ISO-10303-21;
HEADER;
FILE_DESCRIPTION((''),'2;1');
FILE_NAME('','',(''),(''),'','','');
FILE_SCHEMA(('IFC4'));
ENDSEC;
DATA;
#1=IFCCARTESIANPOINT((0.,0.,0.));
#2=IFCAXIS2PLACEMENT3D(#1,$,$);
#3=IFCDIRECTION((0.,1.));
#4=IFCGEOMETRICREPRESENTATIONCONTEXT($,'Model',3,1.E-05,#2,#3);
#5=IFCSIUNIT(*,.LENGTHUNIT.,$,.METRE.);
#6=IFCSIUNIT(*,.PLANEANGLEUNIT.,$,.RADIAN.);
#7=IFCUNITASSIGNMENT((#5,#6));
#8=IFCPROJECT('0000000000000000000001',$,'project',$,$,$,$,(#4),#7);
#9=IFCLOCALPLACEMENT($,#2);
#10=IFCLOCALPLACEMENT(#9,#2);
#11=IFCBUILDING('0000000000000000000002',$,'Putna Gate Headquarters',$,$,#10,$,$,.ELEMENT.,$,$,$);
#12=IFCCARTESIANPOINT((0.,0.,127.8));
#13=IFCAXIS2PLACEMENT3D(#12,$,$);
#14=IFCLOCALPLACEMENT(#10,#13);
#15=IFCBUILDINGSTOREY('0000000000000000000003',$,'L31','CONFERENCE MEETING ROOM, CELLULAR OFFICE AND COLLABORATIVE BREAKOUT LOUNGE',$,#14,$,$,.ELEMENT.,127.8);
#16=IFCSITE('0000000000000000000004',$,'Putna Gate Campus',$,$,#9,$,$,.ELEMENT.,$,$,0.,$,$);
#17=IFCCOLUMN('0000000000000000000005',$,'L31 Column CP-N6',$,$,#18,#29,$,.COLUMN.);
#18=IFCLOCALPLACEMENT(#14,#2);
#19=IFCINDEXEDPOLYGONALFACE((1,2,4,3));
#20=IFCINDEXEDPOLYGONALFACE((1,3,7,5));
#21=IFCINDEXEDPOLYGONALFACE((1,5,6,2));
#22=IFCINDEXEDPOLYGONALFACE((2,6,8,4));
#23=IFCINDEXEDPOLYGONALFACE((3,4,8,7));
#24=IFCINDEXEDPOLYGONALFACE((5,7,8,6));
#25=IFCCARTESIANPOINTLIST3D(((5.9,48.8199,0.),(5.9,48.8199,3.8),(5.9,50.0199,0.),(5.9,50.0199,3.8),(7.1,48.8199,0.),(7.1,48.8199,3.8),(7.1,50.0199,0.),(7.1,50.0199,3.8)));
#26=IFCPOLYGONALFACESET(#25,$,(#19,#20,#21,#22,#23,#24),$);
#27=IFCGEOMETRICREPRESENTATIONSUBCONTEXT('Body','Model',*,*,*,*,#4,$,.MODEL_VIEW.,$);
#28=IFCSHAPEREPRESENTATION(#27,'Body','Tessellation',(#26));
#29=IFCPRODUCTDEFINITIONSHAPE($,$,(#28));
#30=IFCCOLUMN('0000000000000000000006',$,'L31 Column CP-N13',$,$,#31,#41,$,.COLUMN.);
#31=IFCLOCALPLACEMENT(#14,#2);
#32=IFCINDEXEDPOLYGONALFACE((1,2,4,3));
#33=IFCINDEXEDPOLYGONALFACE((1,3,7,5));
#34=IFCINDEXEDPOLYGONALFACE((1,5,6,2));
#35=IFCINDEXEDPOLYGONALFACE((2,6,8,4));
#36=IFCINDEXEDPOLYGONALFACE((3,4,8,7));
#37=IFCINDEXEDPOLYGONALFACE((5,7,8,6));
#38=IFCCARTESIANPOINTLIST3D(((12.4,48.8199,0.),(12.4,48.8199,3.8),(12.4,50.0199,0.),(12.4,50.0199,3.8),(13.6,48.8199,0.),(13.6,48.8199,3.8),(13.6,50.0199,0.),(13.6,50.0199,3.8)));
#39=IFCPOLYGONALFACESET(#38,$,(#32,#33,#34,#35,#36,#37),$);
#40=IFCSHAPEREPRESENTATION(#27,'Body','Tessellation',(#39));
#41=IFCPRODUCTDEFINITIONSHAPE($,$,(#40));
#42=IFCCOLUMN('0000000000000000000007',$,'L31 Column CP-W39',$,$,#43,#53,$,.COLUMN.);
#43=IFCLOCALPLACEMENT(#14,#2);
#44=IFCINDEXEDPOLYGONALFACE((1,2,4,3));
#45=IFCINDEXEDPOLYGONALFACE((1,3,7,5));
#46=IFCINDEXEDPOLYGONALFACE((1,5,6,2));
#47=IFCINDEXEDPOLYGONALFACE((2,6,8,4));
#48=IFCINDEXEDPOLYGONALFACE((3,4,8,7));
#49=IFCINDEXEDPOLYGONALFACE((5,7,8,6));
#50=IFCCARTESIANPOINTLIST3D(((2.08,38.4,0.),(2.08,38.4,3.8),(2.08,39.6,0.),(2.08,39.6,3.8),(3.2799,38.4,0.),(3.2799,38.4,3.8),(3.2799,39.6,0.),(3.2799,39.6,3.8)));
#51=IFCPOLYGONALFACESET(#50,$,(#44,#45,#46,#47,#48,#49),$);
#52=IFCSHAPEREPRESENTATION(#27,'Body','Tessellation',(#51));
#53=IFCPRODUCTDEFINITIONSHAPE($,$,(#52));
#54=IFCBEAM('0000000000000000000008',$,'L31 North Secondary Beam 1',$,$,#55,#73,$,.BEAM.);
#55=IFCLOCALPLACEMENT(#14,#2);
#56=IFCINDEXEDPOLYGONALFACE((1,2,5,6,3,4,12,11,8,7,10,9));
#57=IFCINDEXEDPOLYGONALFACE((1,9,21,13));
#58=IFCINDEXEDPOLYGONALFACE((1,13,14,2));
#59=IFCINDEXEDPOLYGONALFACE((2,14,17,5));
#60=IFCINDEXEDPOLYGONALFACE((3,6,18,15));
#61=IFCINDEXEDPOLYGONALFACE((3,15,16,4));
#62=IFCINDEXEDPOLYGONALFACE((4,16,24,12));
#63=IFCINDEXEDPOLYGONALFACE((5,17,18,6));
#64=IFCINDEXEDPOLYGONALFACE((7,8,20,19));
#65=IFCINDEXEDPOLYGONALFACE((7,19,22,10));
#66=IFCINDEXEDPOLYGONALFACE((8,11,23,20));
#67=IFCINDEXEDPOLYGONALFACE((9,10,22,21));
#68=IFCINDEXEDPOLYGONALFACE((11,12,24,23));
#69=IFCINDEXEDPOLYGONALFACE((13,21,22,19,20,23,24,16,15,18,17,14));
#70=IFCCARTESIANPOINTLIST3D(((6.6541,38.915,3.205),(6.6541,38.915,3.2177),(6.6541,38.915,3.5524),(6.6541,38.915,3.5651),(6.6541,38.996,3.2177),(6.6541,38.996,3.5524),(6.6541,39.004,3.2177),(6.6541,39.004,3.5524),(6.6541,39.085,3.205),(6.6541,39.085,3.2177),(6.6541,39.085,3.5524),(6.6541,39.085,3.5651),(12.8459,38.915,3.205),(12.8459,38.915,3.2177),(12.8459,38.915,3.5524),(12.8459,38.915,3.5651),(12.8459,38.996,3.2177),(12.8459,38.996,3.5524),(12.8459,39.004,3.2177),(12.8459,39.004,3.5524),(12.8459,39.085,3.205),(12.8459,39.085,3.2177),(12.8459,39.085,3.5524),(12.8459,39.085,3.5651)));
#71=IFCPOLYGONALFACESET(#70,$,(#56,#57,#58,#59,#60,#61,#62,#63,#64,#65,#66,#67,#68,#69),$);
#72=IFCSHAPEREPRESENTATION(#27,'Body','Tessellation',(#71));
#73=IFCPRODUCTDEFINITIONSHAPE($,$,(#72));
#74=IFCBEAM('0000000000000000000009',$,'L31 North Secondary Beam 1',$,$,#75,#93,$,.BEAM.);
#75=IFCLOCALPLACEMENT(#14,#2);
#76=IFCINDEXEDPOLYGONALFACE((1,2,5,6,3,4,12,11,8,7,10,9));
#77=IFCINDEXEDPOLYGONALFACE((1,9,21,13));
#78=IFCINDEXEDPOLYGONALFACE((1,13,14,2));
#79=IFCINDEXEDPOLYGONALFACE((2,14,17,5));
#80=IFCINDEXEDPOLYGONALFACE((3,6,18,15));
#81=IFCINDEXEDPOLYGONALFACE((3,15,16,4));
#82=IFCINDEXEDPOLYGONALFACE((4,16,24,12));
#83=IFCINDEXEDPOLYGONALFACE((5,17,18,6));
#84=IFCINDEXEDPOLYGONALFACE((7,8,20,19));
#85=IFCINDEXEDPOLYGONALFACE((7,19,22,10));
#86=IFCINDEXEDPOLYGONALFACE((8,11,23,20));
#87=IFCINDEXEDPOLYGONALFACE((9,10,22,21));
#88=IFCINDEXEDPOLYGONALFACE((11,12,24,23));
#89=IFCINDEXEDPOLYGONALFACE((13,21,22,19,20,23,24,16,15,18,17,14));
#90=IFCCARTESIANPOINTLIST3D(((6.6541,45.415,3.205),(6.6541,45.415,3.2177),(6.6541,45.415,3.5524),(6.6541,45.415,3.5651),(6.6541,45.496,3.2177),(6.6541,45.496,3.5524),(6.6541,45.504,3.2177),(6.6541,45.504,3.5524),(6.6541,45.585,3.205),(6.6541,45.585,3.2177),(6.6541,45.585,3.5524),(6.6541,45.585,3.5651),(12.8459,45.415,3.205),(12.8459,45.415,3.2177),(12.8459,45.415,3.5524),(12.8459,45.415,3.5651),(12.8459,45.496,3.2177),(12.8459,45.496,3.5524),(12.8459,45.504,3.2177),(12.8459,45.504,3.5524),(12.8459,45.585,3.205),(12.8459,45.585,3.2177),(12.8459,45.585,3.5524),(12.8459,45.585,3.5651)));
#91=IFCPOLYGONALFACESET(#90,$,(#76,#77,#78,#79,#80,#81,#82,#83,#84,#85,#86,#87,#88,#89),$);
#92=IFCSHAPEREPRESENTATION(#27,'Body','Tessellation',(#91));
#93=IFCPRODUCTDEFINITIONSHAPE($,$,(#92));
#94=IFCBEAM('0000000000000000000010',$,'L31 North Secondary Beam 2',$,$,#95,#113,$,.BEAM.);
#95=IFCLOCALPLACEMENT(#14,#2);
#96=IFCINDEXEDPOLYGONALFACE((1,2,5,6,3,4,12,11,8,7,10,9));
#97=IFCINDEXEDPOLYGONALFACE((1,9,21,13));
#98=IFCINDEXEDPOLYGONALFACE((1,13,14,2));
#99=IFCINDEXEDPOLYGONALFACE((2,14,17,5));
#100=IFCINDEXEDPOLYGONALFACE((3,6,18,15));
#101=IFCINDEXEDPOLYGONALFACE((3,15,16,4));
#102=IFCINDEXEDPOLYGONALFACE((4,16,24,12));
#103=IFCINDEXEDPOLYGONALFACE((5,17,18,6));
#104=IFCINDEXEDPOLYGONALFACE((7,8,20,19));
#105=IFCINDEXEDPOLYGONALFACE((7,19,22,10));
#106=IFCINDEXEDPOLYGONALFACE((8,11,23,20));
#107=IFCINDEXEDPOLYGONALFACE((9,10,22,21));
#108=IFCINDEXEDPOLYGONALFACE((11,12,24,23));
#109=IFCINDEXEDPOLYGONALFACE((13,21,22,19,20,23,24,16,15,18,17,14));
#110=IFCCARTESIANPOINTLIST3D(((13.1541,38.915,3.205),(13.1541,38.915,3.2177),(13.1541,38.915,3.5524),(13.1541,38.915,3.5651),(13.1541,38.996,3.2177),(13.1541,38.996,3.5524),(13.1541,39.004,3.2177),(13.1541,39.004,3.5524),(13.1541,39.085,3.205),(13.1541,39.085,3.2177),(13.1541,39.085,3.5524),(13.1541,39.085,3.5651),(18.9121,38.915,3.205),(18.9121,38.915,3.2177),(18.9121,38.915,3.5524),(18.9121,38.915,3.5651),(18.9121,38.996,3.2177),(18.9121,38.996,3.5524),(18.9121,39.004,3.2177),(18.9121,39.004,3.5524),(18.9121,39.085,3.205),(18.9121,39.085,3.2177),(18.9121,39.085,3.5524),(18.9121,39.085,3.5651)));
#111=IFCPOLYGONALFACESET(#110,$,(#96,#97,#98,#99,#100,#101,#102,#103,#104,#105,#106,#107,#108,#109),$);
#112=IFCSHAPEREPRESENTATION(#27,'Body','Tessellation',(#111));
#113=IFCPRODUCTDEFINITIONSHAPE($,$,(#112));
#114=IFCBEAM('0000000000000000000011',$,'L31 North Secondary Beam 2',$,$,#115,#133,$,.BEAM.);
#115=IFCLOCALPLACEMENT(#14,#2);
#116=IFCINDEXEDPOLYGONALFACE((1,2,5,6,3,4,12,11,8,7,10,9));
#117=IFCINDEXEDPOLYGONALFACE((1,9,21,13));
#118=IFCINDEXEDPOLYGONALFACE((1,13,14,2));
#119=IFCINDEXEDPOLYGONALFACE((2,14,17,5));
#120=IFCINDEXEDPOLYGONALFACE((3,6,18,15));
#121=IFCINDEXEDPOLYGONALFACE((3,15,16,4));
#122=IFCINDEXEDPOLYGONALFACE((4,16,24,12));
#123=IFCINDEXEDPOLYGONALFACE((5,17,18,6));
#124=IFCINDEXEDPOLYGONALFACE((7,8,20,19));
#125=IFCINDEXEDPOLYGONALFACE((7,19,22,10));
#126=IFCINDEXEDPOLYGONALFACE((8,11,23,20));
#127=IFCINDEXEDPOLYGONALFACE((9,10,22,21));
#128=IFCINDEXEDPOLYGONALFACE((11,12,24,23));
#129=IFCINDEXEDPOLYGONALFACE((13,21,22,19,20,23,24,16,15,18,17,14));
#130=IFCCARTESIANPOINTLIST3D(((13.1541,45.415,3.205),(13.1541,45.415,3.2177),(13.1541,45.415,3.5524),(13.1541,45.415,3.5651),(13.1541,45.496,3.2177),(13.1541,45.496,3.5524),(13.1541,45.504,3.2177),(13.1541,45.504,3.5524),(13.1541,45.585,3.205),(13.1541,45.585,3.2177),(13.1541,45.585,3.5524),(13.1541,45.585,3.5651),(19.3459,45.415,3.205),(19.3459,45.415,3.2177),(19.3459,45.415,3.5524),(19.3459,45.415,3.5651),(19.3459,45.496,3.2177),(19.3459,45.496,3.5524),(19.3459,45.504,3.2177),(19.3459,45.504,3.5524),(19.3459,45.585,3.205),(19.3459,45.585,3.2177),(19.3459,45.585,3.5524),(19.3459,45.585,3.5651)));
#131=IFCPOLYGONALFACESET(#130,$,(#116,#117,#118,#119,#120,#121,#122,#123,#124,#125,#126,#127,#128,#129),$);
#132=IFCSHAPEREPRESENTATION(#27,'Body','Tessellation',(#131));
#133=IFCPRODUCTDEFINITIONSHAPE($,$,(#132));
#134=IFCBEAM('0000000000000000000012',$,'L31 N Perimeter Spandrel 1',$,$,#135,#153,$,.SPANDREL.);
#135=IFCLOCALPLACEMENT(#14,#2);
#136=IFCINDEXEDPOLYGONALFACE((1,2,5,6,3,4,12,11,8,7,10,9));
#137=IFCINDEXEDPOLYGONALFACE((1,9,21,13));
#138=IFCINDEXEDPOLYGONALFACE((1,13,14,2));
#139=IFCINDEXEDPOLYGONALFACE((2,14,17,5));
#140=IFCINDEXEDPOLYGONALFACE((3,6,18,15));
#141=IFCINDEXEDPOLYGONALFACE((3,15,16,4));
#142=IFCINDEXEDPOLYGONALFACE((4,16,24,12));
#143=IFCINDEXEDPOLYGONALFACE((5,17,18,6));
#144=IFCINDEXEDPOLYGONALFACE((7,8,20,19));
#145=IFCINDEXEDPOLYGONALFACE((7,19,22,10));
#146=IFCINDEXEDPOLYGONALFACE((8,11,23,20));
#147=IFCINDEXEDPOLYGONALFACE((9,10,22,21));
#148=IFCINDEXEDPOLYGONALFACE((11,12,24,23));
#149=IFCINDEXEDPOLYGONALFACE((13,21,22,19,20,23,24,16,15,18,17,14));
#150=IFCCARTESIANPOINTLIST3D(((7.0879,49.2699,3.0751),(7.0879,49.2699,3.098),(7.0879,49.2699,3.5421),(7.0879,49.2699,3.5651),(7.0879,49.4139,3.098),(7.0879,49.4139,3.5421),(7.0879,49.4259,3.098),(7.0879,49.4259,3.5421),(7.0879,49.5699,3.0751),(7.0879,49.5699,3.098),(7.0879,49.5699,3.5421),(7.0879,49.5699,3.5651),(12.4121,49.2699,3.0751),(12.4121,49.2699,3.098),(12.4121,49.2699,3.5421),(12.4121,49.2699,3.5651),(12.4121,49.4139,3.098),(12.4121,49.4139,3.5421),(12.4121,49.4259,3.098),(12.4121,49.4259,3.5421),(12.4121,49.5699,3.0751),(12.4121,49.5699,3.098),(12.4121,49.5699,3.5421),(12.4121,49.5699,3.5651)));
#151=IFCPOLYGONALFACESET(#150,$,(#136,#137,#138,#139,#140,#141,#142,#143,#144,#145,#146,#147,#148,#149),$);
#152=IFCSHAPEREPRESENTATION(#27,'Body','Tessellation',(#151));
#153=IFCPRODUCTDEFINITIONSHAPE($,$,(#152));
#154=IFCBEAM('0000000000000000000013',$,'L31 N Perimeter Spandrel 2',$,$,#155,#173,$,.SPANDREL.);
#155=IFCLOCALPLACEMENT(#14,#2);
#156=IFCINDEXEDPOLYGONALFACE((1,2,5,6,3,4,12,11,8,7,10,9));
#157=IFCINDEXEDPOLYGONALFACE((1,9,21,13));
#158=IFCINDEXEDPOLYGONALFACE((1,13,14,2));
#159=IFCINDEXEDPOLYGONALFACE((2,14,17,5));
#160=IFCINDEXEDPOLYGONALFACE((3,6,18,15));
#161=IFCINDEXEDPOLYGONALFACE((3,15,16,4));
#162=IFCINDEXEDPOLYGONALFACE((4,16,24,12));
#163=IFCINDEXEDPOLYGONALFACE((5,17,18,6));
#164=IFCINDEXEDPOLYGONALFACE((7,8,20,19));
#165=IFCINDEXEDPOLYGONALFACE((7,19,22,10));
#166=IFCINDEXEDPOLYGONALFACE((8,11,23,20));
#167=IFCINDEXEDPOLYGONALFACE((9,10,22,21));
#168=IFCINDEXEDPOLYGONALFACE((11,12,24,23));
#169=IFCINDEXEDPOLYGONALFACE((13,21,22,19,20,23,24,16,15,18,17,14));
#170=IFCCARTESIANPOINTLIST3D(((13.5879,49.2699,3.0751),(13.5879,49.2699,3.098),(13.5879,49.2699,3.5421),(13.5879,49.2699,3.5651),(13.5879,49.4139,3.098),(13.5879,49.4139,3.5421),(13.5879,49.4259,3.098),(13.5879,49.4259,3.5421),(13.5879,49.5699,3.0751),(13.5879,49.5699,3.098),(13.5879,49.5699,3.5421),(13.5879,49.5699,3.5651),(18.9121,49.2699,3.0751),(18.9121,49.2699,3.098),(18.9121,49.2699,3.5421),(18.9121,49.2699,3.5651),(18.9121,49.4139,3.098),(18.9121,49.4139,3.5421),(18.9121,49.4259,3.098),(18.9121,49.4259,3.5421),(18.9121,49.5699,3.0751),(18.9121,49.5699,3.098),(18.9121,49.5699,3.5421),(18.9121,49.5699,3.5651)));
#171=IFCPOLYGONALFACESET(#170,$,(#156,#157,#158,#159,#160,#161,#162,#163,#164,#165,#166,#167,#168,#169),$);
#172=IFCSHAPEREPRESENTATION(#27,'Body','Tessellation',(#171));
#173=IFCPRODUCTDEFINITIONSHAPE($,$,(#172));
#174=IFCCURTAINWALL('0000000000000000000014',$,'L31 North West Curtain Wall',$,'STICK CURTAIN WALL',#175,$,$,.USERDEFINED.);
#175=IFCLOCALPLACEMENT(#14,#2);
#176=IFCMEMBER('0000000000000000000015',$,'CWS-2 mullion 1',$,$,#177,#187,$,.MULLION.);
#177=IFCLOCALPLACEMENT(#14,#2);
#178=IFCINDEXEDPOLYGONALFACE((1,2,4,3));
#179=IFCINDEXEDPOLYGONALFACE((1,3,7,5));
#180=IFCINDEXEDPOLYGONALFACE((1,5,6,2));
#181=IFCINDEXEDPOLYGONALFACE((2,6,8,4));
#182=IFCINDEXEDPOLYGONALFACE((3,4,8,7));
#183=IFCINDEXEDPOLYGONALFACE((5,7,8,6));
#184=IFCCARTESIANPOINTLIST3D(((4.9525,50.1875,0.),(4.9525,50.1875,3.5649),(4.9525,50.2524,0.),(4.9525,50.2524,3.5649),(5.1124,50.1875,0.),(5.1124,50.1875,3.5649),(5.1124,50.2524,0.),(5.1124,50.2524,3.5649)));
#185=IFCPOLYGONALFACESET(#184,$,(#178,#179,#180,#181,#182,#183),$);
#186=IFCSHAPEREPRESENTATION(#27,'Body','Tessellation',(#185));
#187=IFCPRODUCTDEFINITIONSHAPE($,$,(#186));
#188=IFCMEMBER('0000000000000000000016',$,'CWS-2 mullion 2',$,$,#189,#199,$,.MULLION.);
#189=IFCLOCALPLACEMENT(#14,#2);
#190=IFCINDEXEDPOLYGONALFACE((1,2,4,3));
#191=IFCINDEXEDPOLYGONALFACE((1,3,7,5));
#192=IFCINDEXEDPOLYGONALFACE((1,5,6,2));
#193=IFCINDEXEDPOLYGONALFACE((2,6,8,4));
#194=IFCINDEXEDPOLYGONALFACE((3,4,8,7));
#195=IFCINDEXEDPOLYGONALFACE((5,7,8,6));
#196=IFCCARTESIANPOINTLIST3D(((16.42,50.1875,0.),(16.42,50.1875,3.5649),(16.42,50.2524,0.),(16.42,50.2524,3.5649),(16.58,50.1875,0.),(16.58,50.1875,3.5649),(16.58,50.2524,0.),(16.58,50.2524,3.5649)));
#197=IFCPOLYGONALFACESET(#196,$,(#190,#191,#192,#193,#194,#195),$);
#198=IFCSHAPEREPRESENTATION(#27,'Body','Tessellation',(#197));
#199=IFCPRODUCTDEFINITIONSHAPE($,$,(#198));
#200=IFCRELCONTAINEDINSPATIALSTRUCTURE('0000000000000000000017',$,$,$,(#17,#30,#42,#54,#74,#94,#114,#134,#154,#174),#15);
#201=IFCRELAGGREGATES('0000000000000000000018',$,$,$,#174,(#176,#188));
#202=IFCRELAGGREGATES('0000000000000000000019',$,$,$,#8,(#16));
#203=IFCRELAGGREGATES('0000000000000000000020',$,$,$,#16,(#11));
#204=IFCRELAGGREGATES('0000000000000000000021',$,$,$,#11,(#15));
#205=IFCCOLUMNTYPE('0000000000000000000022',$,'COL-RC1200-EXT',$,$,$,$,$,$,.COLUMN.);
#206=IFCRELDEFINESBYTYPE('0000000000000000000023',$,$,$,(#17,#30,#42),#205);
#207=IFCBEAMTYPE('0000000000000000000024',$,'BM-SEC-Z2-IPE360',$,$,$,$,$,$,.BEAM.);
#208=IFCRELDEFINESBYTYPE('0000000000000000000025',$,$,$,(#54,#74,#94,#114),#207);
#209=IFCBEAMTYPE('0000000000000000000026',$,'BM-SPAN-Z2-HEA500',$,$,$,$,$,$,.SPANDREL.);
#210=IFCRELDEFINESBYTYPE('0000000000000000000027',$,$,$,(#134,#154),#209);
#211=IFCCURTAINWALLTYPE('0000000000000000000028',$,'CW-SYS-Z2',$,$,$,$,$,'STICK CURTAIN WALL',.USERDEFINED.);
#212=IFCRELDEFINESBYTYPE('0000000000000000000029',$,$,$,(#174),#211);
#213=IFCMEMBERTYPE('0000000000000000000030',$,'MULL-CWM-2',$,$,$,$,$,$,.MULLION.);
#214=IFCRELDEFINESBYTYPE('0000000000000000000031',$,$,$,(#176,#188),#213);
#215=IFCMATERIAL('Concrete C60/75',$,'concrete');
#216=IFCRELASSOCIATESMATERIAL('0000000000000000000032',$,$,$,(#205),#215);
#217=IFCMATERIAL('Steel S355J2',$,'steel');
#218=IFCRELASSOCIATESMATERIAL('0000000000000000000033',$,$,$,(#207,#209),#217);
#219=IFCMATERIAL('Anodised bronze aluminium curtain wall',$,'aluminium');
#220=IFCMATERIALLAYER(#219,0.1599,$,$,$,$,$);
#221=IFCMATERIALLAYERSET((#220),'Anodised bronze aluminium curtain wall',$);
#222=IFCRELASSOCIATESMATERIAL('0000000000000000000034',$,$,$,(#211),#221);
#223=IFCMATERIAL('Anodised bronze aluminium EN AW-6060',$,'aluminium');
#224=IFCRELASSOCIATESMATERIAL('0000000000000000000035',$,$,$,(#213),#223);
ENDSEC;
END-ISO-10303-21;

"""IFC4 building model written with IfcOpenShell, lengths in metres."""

from ifc_helpers import new_model, si_unit, direction, frame, origin, origin_2d, place, context, subcontext, project, spatial, rectangle, i_section, extrude, material, layer, layer_set, material_profile, profile_set, type_object, element, aggregate, save


model = new_model("IFC4")

# Units and contexts
model_context = context("Model", 3, precision=1e-05, world=origin(), true_north=direction((0.0, 1.0)))
body_context = subcontext(model_context, "Body", "Model", "MODEL_VIEW")
ifc_project = project(units=[si_unit("LENGTHUNIT", "METRE"), si_unit("PLANEANGLEUNIT", "RADIAN")], contexts=[model_context])

# Site, building, storey
site_placement = place(None, origin())
site = spatial("IfcSite", under=ifc_project, at=site_placement, Name="Putna Gate Campus", CompositionType="ELEMENT", RefElevation=0.0)
building_placement = place(site_placement, origin())
building = spatial("IfcBuilding", under=site, at=building_placement, Name="Putna Gate Headquarters", CompositionType="ELEMENT")
storey_placement = place(building_placement, frame((0.0, 0.0, 127.8)))
storey = spatial("IfcBuildingStorey", under=building, at=storey_placement, Name="L31", Description="CONFERENCE MEETING ROOM, CELLULAR OFFICE AND COLLABORATIVE BREAKOUT LOUNGE", CompositionType="ELEMENT", Elevation=127.8)

# Columns
ifc_material_1 = material(Name="Concrete C60/75", Category="concrete")
ifc_material_profile_1 = material_profile(ifc_material_1, rectangle(XDim=1.2, YDim=1.2, at=origin_2d()), Name="Concrete C60/75")
ifc_profile_set_1 = profile_set([ifc_material_profile_1], Name="Concrete C60/75")
column_type = type_object("IfcColumnType", Name="COL-RC1200-EXT", PredefinedType="COLUMN", material=ifc_profile_set_1)
for number, where, z_axis, x_axis, name in (
    (1, (6.5, 49.4199, 0.0), (0.0, 0.0, 1.0), (1.0, 0.0, 0.0), "L31 Column CP-N6"),
    (2, (13.0, 49.4199, 0.0), (0.0, 0.0, 1.0), (1.0, 0.0, 0.0), "L31 Column CP-N13"),
    (3, (2.6799, 39.0, 0.0), (0.0, 0.0, 1.0), (1.0, 0.0, 0.0), "L31 Column CP-W39"),
):
    element("IfcColumn", number, at=place(storey_placement, frame(where, z_axis=z_axis, x_axis=x_axis)), inside=storey, type_object=column_type, Name=name, PredefinedType="COLUMN", context=body_context, shape_type="SweptSolid", body=[
        extrude(rectangle(XDim=1.2, YDim=1.2, at=origin_2d()), origin(), (0.0, 0.0, 1.0), 3.8),
    ])

# Beams
ifc_material_2 = material(Name="Steel S355J2", Category="steel")
ifc_material_profile_2 = material_profile(ifc_material_2, i_section(OverallWidth=0.1699, OverallDepth=0.3601, WebThickness=0.0081, FlangeThickness=0.0127, at=origin_2d()), Name="Steel S355J2")
ifc_profile_set_2 = profile_set([ifc_material_profile_2], Name="Steel S355J2")
beam_type_1 = type_object("IfcBeamType", Name="BM-SEC-Z2-IPE360", PredefinedType="BEAM", material=ifc_profile_set_2)
for number, where, z_axis, x_axis, name in (
    (4, (6.6541, 39.0, 3.385), (1.0, 0.0, 0.0), (0.0, 1.0, 0.0), "L31 North Secondary Beam 1"),
    (5, (6.6541, 45.5, 3.385), (1.0, 0.0, 0.0), (0.0, 1.0, 0.0), "L31 North Secondary Beam 1"),
):
    element("IfcBeam", number, at=place(storey_placement, frame(where, z_axis=z_axis, x_axis=x_axis)), inside=storey, type_object=beam_type_1, Name=name, PredefinedType="BEAM", context=body_context, shape_type="SweptSolid", body=[
        extrude(i_section(OverallWidth=0.1699, OverallDepth=0.3601, WebThickness=0.0081, FlangeThickness=0.0127, at=origin_2d()), origin(), (0.0, 0.0, 1.0), 6.1919),
    ])
beam_1_placement = place(storey_placement, frame((13.1541, 39.0, 3.385), z_axis=(1.0, 0.0, 0.0), x_axis=(0.0, 1.0, 0.0)))
element("IfcBeam", 6, at=beam_1_placement, inside=storey, type_object=beam_type_1, Name="L31 North Secondary Beam 2", PredefinedType="BEAM", context=body_context, shape_type="SweptSolid", body=[
    extrude(i_section(OverallWidth=0.1699, OverallDepth=0.3601, WebThickness=0.0081, FlangeThickness=0.0127, at=origin_2d()), origin(), (0.0, 0.0, 1.0), 5.7581),
])
beam_2_placement = place(storey_placement, frame((13.1541, 45.5, 3.385), z_axis=(1.0, 0.0, 0.0), x_axis=(0.0, 1.0, 0.0)))
element("IfcBeam", 7, at=beam_2_placement, inside=storey, type_object=beam_type_1, Name="L31 North Secondary Beam 2", PredefinedType="BEAM", context=body_context, shape_type="SweptSolid", body=[
    extrude(i_section(OverallWidth=0.1699, OverallDepth=0.3601, WebThickness=0.0081, FlangeThickness=0.0127, at=origin_2d()), origin(), (0.0, 0.0, 1.0), 6.1919),
])
ifc_material_profile_3 = material_profile(ifc_material_2, i_section(OverallWidth=0.3, OverallDepth=0.49, WebThickness=0.012, FlangeThickness=0.0229, at=origin_2d()), Name="Steel S355J2")
ifc_profile_set_3 = profile_set([ifc_material_profile_3], Name="Steel S355J2")
beam_type_2 = type_object("IfcBeamType", Name="BM-SPAN-Z2-HEA500", PredefinedType="SPANDREL", material=ifc_profile_set_3)
for number, where, z_axis, x_axis, name in (
    (8, (7.0879, 49.4199, 3.3201), (1.0, 0.0, 0.0), (0.0, 1.0, 0.0), "L31 N Perimeter Spandrel 1"),
    (9, (13.5879, 49.4199, 3.3201), (1.0, 0.0, 0.0), (0.0, 1.0, 0.0), "L31 N Perimeter Spandrel 2"),
):
    element("IfcBeam", number, at=place(storey_placement, frame(where, z_axis=z_axis, x_axis=x_axis)), inside=storey, type_object=beam_type_2, Name=name, PredefinedType="SPANDREL", context=body_context, shape_type="SweptSolid", body=[
        extrude(i_section(OverallWidth=0.3, OverallDepth=0.49, WebThickness=0.012, FlangeThickness=0.0229, at=origin_2d()), origin(), (0.0, 0.0, 1.0), 5.3242),
    ])

# Curtain wall, members
ifc_material_3 = material(Name="Anodised bronze aluminium curtain wall", Category="aluminium")
ifc_layer_1 = layer(ifc_material_3, 0.1599)
ifc_layer_set_1 = layer_set([ifc_layer_1], Name="Anodised bronze aluminium curtain wall")
curtain_wall_type = type_object("IfcCurtainWallType", Name="CW-SYS-Z2", ElementType="STICK CURTAIN WALL", PredefinedType="USERDEFINED", material=ifc_layer_set_1)
curtain_wall_1_placement = place(storey_placement, origin())
curtain_wall_1 = element("IfcCurtainWall", 10, at=curtain_wall_1_placement, inside=storey, type_object=curtain_wall_type, Name="L31 North West Curtain Wall", ObjectType="STICK CURTAIN WALL", PredefinedType="USERDEFINED")
ifc_material_4 = material(Name="Anodised bronze aluminium EN AW-6060", Category="aluminium")
ifc_material_profile_4 = material_profile(ifc_material_4, rectangle(XDim=0.0649, YDim=0.1599, at=origin_2d()), Name="Anodised bronze aluminium EN AW-6060")
ifc_profile_set_4 = profile_set([ifc_material_profile_4], Name="Anodised bronze aluminium EN AW-6060")
member_type_1 = type_object("IfcMemberType", Name="MULL-CWM-2", PredefinedType="MULLION", material=ifc_profile_set_4)
member_1_placement = place(storey_placement, frame((5.0325, 50.22, 0.0), z_axis=(0.0, 0.0, 1.0), x_axis=(0.0, 1.0, 0.0)))
member_1 = element("IfcMember", 11, at=member_1_placement, type_object=member_type_1, Name="CWS-2 mullion 1", PredefinedType="MULLION", context=body_context, shape_type="SweptSolid", body=[
    extrude(rectangle(XDim=0.0649, YDim=0.1599, at=origin_2d()), origin(), (0.0, 0.0, 1.0), 3.5649),
])
member_2_placement = place(storey_placement, frame((16.5, 50.22, 0.0), z_axis=(0.0, 0.0, 1.0), x_axis=(0.0, 1.0, 0.0)))
member_2 = element("IfcMember", 12, at=member_2_placement, type_object=member_type_1, Name="CWS-2 mullion 2", PredefinedType="MULLION", context=body_context, shape_type="SweptSolid", body=[
    extrude(rectangle(XDim=0.0649, YDim=0.1599, at=origin_2d()), origin(), (0.0, 0.0, 1.0), 3.5649),
])

aggregate(curtain_wall_1, [member_1, member_2])

save(model, "model.ifc")
